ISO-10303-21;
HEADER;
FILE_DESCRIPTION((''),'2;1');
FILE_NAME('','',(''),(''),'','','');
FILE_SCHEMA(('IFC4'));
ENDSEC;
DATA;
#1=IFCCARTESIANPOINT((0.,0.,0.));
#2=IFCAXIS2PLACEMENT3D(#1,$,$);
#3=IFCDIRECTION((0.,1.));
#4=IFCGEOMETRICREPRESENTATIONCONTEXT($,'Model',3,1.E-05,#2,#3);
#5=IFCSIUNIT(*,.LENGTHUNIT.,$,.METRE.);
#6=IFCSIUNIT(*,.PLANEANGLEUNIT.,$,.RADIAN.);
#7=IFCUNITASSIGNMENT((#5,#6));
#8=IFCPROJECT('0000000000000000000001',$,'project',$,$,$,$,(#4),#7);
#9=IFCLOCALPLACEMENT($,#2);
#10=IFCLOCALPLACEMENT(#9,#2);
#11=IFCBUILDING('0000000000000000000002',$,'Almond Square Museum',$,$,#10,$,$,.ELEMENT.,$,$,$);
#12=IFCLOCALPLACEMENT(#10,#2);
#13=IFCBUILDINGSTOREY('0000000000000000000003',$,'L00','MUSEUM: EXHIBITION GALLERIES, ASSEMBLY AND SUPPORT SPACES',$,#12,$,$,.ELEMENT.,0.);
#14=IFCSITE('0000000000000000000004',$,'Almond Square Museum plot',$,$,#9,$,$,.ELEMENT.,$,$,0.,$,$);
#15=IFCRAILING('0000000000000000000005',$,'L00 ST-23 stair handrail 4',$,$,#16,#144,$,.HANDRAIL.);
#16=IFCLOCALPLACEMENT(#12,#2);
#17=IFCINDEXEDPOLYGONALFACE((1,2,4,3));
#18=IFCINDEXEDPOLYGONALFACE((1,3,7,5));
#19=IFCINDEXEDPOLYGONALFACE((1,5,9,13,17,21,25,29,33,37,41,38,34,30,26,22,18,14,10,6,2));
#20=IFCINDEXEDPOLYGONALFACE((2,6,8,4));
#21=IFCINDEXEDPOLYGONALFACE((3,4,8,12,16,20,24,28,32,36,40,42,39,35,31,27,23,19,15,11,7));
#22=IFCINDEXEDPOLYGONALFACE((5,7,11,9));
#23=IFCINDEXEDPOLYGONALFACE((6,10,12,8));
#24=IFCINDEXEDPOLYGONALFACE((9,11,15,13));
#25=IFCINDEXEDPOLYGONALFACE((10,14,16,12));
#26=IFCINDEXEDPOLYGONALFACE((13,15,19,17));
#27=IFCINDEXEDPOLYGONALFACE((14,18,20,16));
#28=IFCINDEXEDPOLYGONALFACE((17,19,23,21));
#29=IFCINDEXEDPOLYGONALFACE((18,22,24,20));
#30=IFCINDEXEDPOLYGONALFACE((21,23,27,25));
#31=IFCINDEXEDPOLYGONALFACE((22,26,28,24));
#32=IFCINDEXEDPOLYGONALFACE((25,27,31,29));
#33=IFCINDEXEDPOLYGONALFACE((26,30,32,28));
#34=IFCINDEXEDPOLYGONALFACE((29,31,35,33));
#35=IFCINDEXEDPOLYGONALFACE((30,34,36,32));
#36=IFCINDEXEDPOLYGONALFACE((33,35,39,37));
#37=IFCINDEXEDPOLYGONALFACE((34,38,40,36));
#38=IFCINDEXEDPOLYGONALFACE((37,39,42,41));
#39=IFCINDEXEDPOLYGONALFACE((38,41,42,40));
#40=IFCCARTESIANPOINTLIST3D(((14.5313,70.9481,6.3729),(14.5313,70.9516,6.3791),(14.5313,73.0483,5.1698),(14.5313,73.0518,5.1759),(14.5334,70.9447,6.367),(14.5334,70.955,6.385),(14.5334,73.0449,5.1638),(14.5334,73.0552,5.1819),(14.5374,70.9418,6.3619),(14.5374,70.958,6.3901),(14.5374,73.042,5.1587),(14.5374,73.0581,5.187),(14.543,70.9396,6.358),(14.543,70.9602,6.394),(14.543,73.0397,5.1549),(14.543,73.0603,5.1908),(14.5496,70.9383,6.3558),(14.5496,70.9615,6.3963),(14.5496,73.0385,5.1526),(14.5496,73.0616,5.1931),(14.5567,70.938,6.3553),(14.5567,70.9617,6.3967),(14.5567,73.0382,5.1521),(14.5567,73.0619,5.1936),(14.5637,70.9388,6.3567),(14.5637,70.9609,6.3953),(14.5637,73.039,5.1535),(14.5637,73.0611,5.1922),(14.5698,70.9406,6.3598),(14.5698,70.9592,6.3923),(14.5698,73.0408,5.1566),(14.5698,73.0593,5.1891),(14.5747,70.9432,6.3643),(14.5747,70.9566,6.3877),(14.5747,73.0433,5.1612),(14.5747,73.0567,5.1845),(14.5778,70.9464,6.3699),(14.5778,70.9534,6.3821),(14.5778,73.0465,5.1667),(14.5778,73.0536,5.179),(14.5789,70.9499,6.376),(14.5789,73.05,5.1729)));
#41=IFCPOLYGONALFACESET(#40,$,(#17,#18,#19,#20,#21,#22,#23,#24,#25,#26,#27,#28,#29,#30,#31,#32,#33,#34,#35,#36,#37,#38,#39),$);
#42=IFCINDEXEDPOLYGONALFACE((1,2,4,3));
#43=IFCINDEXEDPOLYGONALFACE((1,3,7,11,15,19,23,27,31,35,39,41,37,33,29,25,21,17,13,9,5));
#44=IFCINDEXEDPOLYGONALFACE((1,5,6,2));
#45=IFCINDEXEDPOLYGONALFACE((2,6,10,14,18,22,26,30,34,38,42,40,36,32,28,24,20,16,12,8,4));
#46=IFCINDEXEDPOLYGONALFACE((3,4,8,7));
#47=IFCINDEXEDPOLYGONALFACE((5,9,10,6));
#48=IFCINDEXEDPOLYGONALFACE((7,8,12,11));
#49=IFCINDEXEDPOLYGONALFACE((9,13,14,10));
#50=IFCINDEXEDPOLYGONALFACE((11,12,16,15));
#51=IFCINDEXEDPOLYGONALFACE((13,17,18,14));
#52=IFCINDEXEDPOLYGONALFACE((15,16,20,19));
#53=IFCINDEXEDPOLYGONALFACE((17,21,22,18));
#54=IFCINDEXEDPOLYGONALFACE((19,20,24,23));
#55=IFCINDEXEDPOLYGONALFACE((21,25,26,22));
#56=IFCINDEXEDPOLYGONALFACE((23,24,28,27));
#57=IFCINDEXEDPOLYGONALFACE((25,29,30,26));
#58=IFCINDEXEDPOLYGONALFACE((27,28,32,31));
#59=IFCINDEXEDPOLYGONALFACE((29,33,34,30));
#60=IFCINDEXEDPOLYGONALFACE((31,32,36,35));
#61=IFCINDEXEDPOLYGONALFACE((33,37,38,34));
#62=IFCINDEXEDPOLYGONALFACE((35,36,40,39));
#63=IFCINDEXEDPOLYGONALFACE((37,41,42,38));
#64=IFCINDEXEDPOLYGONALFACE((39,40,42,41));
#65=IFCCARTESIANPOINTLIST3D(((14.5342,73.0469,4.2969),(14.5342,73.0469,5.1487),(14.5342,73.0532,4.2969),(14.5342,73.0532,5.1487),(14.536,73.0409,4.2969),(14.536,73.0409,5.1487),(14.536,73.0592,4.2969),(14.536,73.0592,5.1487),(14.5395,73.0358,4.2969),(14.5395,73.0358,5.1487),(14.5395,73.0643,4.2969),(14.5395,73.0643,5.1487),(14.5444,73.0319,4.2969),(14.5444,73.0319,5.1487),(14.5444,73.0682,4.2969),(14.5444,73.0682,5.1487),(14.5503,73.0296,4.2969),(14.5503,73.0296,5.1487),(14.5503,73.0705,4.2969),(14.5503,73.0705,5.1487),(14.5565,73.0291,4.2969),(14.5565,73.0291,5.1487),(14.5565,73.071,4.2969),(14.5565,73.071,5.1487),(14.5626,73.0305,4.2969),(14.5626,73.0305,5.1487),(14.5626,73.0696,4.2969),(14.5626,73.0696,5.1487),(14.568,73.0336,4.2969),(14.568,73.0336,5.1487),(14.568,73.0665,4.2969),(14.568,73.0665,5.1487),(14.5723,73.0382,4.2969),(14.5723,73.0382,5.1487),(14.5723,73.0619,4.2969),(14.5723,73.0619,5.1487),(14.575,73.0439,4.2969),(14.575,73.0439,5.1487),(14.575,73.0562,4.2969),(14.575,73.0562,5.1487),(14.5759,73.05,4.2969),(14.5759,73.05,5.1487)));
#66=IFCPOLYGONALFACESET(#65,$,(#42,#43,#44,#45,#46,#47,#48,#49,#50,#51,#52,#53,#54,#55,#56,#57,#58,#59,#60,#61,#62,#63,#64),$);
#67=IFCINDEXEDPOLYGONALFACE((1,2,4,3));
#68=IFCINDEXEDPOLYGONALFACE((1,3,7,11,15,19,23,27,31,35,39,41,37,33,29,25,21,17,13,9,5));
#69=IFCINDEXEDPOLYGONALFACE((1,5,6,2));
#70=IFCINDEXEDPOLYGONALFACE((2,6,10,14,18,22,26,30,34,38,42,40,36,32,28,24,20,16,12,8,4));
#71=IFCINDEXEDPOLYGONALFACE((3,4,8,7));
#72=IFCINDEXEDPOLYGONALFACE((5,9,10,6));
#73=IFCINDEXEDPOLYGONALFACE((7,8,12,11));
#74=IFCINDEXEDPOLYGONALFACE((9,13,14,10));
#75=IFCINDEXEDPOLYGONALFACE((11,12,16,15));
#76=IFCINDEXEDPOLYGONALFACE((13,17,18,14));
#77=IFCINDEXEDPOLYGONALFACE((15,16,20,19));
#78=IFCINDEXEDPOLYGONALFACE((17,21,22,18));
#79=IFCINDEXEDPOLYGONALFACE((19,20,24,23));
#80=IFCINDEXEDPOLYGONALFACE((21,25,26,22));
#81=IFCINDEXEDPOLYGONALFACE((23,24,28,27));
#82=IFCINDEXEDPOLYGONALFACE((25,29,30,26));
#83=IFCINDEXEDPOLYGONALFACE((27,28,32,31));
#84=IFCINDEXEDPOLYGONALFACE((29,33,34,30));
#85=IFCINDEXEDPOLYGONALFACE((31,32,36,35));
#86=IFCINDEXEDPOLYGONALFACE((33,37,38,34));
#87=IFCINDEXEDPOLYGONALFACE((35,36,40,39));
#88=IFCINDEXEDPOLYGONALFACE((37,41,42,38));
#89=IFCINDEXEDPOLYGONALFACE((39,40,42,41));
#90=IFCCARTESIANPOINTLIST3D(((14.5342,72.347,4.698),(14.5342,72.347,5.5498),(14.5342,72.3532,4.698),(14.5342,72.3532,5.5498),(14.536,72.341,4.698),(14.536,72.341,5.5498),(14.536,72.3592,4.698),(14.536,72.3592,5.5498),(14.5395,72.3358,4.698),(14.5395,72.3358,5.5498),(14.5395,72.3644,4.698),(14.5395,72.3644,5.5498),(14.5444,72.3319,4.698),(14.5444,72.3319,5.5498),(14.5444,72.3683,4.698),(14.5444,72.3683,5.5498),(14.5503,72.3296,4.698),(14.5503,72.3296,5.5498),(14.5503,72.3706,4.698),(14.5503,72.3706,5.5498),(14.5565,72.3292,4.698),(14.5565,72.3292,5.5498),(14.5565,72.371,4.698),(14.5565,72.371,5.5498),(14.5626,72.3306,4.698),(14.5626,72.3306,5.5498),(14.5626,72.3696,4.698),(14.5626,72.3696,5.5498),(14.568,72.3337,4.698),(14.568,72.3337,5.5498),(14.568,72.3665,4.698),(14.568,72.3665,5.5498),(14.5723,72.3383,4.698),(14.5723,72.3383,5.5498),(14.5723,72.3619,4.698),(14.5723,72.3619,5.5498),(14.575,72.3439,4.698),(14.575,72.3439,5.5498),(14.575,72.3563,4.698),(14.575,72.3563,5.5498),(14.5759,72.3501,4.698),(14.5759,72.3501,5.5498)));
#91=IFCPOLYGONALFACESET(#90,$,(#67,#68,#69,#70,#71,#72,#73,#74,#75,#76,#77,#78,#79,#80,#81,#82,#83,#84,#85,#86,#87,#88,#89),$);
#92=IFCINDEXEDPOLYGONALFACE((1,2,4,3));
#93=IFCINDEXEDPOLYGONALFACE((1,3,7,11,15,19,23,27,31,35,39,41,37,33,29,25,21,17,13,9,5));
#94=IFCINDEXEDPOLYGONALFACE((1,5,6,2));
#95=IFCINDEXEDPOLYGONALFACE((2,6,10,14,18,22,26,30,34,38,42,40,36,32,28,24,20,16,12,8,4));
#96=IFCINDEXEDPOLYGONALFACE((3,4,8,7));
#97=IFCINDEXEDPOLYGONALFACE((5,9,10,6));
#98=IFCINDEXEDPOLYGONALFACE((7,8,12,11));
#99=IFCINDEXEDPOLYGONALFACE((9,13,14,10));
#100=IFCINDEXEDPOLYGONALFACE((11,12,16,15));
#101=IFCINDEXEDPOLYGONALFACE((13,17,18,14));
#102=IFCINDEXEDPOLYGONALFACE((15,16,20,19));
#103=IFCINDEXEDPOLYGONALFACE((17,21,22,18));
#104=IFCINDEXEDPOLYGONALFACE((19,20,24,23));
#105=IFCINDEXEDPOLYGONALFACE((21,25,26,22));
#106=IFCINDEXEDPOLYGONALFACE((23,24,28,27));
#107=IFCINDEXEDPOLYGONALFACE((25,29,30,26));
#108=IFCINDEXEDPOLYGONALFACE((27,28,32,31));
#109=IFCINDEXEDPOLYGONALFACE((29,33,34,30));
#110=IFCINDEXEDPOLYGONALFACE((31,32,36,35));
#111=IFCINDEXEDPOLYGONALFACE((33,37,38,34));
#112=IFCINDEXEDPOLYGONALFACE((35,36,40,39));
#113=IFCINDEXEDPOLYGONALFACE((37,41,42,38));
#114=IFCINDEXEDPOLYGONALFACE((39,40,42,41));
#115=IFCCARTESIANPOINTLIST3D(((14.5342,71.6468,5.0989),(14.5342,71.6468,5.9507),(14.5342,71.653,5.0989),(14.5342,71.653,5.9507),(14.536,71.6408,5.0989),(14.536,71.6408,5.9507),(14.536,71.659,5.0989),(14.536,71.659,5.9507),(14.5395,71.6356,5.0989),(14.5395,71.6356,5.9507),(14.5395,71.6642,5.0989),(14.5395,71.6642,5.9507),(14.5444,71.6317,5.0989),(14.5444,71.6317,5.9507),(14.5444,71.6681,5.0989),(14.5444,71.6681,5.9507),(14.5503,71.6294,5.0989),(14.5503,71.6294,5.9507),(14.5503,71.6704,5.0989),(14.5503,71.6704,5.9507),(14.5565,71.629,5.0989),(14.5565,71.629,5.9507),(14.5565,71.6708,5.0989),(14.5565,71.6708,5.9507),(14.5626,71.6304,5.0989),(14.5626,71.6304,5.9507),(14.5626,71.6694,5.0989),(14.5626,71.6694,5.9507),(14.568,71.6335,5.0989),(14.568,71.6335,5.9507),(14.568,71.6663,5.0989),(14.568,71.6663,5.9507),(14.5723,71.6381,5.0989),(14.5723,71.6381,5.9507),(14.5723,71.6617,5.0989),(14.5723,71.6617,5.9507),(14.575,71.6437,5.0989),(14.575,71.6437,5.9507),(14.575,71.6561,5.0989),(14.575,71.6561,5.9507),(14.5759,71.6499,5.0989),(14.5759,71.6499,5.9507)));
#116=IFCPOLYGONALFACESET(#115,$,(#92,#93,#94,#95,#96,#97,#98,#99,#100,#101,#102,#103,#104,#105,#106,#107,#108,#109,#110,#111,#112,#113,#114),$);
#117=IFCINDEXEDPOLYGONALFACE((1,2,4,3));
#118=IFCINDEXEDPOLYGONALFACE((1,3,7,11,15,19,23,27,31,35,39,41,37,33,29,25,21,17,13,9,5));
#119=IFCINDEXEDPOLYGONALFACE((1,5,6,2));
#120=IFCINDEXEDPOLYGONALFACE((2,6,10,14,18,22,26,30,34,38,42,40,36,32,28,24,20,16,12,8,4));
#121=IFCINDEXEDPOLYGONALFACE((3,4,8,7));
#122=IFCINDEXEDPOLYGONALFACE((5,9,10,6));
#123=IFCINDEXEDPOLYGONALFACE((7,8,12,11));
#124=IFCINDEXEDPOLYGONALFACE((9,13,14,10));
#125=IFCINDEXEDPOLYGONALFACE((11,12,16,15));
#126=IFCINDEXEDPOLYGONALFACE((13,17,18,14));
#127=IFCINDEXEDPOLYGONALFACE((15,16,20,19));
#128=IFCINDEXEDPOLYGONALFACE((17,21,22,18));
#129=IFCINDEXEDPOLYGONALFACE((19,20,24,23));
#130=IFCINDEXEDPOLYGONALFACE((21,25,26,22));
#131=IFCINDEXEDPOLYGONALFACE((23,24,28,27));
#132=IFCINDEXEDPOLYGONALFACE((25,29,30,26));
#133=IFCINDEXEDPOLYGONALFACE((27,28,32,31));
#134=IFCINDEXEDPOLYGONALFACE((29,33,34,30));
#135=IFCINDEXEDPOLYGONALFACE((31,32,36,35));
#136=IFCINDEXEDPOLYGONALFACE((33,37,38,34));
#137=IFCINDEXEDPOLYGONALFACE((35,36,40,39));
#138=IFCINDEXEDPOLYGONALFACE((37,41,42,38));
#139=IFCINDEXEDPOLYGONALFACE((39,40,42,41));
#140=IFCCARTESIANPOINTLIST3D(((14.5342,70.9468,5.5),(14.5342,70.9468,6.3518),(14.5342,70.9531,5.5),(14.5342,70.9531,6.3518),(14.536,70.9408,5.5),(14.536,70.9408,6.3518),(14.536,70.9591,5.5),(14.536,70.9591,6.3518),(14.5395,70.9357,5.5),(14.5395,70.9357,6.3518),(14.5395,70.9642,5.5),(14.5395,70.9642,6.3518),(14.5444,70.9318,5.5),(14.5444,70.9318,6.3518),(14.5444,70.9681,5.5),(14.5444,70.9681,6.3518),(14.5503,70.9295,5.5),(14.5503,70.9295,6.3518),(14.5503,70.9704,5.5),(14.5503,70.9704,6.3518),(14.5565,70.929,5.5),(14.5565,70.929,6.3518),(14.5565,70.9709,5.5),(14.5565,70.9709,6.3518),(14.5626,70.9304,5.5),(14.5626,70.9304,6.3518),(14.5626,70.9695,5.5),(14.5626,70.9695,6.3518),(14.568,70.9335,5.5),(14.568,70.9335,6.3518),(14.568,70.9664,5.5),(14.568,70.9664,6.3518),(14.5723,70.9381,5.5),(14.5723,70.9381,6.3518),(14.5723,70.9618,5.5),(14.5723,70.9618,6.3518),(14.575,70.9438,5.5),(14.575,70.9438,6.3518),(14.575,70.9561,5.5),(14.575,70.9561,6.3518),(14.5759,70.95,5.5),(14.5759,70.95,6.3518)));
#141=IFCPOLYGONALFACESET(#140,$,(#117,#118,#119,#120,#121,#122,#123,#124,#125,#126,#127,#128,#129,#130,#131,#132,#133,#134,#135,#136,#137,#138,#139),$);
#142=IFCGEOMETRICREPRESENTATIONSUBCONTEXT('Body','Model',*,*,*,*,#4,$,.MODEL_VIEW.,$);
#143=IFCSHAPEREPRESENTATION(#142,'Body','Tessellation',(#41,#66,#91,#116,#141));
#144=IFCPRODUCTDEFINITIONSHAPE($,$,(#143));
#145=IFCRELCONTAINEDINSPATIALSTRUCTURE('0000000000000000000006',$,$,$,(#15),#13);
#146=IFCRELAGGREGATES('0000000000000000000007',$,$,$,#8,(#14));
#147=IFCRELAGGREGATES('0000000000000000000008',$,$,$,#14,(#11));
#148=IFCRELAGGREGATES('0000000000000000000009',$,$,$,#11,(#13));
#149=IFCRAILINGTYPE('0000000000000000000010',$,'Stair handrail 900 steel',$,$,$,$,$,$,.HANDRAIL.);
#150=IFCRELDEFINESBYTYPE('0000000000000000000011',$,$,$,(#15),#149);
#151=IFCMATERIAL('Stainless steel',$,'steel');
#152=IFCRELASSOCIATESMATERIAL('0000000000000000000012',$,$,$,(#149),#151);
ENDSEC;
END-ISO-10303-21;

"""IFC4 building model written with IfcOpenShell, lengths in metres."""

from ifc_helpers import new_model, si_unit, direction, frame, origin, origin_2d, place, context, subcontext, project, spatial, circle, extrude, material, type_object, element, save


model = new_model("IFC4")

# Units and contexts
model_context = context("Model", 3, precision=1e-05, world=origin(), true_north=direction((0.0, 1.0)))
body_context = subcontext(model_context, "Body", "Model", "MODEL_VIEW")
ifc_project = project(units=[si_unit("LENGTHUNIT", "METRE"), si_unit("PLANEANGLEUNIT", "RADIAN")], contexts=[model_context])

# Site, building, storey
site_placement = place(None, origin())
site = spatial("IfcSite", under=ifc_project, at=site_placement, Name="Almond Square Museum plot", CompositionType="ELEMENT", RefElevation=0.0)
building_placement = place(site_placement, origin())
building = spatial("IfcBuilding", under=site, at=building_placement, Name="Almond Square Museum", CompositionType="ELEMENT")
storey_placement = place(building_placement, origin())
storey = spatial("IfcBuildingStorey", under=building, at=storey_placement, Name="L00", Description="MUSEUM: EXHIBITION GALLERIES, ASSEMBLY AND SUPPORT SPACES", CompositionType="ELEMENT", Elevation=0.0)

# Railing
ifc_material_1 = material(Name="Stainless steel", Category="steel")
railing_type_1 = type_object("IfcRailingType", Name="Stair handrail 900 steel", PredefinedType="HANDRAIL", material=ifc_material_1)
for number, where, name in (
    (1, (14.5549, 73.05, 4.2969), "L00 ST-23 stair handrail 4"),
):
    element("IfcRailing", number, at=place(storey_placement, frame(where)), inside=storey, type_object=railing_type_1, Name=name, PredefinedType="HANDRAIL", context=body_context, shape_type="SweptSolid", body=[
        extrude(circle(Radius=0.0239, at=origin_2d()), frame((0.0, 0.0, 0.876), z_axis=(0.0, -0.867696, 0.497095), x_axis=(1.0, 0.0, 0.0)), (0.0, 0.0, 1.0), 2.4204),
        extrude(circle(Radius=0.021, at=origin_2d()), origin(), (0.0, 0.0, 1.0), 0.8518),
        extrude(circle(Radius=0.021, at=origin_2d()), frame((0.0, -0.7, 0.4011)), (0.0, 0.0, 1.0), 0.8518),
        extrude(circle(Radius=0.021, at=origin_2d()), frame((0.0, -1.4001, 0.802)), (0.0, 0.0, 1.0), 0.8518),
        extrude(circle(Radius=0.021, at=origin_2d()), frame((0.0, -2.1001, 1.2031)), (0.0, 0.0, 1.0), 0.8518),
    ])

save(model, "model.ifc")
